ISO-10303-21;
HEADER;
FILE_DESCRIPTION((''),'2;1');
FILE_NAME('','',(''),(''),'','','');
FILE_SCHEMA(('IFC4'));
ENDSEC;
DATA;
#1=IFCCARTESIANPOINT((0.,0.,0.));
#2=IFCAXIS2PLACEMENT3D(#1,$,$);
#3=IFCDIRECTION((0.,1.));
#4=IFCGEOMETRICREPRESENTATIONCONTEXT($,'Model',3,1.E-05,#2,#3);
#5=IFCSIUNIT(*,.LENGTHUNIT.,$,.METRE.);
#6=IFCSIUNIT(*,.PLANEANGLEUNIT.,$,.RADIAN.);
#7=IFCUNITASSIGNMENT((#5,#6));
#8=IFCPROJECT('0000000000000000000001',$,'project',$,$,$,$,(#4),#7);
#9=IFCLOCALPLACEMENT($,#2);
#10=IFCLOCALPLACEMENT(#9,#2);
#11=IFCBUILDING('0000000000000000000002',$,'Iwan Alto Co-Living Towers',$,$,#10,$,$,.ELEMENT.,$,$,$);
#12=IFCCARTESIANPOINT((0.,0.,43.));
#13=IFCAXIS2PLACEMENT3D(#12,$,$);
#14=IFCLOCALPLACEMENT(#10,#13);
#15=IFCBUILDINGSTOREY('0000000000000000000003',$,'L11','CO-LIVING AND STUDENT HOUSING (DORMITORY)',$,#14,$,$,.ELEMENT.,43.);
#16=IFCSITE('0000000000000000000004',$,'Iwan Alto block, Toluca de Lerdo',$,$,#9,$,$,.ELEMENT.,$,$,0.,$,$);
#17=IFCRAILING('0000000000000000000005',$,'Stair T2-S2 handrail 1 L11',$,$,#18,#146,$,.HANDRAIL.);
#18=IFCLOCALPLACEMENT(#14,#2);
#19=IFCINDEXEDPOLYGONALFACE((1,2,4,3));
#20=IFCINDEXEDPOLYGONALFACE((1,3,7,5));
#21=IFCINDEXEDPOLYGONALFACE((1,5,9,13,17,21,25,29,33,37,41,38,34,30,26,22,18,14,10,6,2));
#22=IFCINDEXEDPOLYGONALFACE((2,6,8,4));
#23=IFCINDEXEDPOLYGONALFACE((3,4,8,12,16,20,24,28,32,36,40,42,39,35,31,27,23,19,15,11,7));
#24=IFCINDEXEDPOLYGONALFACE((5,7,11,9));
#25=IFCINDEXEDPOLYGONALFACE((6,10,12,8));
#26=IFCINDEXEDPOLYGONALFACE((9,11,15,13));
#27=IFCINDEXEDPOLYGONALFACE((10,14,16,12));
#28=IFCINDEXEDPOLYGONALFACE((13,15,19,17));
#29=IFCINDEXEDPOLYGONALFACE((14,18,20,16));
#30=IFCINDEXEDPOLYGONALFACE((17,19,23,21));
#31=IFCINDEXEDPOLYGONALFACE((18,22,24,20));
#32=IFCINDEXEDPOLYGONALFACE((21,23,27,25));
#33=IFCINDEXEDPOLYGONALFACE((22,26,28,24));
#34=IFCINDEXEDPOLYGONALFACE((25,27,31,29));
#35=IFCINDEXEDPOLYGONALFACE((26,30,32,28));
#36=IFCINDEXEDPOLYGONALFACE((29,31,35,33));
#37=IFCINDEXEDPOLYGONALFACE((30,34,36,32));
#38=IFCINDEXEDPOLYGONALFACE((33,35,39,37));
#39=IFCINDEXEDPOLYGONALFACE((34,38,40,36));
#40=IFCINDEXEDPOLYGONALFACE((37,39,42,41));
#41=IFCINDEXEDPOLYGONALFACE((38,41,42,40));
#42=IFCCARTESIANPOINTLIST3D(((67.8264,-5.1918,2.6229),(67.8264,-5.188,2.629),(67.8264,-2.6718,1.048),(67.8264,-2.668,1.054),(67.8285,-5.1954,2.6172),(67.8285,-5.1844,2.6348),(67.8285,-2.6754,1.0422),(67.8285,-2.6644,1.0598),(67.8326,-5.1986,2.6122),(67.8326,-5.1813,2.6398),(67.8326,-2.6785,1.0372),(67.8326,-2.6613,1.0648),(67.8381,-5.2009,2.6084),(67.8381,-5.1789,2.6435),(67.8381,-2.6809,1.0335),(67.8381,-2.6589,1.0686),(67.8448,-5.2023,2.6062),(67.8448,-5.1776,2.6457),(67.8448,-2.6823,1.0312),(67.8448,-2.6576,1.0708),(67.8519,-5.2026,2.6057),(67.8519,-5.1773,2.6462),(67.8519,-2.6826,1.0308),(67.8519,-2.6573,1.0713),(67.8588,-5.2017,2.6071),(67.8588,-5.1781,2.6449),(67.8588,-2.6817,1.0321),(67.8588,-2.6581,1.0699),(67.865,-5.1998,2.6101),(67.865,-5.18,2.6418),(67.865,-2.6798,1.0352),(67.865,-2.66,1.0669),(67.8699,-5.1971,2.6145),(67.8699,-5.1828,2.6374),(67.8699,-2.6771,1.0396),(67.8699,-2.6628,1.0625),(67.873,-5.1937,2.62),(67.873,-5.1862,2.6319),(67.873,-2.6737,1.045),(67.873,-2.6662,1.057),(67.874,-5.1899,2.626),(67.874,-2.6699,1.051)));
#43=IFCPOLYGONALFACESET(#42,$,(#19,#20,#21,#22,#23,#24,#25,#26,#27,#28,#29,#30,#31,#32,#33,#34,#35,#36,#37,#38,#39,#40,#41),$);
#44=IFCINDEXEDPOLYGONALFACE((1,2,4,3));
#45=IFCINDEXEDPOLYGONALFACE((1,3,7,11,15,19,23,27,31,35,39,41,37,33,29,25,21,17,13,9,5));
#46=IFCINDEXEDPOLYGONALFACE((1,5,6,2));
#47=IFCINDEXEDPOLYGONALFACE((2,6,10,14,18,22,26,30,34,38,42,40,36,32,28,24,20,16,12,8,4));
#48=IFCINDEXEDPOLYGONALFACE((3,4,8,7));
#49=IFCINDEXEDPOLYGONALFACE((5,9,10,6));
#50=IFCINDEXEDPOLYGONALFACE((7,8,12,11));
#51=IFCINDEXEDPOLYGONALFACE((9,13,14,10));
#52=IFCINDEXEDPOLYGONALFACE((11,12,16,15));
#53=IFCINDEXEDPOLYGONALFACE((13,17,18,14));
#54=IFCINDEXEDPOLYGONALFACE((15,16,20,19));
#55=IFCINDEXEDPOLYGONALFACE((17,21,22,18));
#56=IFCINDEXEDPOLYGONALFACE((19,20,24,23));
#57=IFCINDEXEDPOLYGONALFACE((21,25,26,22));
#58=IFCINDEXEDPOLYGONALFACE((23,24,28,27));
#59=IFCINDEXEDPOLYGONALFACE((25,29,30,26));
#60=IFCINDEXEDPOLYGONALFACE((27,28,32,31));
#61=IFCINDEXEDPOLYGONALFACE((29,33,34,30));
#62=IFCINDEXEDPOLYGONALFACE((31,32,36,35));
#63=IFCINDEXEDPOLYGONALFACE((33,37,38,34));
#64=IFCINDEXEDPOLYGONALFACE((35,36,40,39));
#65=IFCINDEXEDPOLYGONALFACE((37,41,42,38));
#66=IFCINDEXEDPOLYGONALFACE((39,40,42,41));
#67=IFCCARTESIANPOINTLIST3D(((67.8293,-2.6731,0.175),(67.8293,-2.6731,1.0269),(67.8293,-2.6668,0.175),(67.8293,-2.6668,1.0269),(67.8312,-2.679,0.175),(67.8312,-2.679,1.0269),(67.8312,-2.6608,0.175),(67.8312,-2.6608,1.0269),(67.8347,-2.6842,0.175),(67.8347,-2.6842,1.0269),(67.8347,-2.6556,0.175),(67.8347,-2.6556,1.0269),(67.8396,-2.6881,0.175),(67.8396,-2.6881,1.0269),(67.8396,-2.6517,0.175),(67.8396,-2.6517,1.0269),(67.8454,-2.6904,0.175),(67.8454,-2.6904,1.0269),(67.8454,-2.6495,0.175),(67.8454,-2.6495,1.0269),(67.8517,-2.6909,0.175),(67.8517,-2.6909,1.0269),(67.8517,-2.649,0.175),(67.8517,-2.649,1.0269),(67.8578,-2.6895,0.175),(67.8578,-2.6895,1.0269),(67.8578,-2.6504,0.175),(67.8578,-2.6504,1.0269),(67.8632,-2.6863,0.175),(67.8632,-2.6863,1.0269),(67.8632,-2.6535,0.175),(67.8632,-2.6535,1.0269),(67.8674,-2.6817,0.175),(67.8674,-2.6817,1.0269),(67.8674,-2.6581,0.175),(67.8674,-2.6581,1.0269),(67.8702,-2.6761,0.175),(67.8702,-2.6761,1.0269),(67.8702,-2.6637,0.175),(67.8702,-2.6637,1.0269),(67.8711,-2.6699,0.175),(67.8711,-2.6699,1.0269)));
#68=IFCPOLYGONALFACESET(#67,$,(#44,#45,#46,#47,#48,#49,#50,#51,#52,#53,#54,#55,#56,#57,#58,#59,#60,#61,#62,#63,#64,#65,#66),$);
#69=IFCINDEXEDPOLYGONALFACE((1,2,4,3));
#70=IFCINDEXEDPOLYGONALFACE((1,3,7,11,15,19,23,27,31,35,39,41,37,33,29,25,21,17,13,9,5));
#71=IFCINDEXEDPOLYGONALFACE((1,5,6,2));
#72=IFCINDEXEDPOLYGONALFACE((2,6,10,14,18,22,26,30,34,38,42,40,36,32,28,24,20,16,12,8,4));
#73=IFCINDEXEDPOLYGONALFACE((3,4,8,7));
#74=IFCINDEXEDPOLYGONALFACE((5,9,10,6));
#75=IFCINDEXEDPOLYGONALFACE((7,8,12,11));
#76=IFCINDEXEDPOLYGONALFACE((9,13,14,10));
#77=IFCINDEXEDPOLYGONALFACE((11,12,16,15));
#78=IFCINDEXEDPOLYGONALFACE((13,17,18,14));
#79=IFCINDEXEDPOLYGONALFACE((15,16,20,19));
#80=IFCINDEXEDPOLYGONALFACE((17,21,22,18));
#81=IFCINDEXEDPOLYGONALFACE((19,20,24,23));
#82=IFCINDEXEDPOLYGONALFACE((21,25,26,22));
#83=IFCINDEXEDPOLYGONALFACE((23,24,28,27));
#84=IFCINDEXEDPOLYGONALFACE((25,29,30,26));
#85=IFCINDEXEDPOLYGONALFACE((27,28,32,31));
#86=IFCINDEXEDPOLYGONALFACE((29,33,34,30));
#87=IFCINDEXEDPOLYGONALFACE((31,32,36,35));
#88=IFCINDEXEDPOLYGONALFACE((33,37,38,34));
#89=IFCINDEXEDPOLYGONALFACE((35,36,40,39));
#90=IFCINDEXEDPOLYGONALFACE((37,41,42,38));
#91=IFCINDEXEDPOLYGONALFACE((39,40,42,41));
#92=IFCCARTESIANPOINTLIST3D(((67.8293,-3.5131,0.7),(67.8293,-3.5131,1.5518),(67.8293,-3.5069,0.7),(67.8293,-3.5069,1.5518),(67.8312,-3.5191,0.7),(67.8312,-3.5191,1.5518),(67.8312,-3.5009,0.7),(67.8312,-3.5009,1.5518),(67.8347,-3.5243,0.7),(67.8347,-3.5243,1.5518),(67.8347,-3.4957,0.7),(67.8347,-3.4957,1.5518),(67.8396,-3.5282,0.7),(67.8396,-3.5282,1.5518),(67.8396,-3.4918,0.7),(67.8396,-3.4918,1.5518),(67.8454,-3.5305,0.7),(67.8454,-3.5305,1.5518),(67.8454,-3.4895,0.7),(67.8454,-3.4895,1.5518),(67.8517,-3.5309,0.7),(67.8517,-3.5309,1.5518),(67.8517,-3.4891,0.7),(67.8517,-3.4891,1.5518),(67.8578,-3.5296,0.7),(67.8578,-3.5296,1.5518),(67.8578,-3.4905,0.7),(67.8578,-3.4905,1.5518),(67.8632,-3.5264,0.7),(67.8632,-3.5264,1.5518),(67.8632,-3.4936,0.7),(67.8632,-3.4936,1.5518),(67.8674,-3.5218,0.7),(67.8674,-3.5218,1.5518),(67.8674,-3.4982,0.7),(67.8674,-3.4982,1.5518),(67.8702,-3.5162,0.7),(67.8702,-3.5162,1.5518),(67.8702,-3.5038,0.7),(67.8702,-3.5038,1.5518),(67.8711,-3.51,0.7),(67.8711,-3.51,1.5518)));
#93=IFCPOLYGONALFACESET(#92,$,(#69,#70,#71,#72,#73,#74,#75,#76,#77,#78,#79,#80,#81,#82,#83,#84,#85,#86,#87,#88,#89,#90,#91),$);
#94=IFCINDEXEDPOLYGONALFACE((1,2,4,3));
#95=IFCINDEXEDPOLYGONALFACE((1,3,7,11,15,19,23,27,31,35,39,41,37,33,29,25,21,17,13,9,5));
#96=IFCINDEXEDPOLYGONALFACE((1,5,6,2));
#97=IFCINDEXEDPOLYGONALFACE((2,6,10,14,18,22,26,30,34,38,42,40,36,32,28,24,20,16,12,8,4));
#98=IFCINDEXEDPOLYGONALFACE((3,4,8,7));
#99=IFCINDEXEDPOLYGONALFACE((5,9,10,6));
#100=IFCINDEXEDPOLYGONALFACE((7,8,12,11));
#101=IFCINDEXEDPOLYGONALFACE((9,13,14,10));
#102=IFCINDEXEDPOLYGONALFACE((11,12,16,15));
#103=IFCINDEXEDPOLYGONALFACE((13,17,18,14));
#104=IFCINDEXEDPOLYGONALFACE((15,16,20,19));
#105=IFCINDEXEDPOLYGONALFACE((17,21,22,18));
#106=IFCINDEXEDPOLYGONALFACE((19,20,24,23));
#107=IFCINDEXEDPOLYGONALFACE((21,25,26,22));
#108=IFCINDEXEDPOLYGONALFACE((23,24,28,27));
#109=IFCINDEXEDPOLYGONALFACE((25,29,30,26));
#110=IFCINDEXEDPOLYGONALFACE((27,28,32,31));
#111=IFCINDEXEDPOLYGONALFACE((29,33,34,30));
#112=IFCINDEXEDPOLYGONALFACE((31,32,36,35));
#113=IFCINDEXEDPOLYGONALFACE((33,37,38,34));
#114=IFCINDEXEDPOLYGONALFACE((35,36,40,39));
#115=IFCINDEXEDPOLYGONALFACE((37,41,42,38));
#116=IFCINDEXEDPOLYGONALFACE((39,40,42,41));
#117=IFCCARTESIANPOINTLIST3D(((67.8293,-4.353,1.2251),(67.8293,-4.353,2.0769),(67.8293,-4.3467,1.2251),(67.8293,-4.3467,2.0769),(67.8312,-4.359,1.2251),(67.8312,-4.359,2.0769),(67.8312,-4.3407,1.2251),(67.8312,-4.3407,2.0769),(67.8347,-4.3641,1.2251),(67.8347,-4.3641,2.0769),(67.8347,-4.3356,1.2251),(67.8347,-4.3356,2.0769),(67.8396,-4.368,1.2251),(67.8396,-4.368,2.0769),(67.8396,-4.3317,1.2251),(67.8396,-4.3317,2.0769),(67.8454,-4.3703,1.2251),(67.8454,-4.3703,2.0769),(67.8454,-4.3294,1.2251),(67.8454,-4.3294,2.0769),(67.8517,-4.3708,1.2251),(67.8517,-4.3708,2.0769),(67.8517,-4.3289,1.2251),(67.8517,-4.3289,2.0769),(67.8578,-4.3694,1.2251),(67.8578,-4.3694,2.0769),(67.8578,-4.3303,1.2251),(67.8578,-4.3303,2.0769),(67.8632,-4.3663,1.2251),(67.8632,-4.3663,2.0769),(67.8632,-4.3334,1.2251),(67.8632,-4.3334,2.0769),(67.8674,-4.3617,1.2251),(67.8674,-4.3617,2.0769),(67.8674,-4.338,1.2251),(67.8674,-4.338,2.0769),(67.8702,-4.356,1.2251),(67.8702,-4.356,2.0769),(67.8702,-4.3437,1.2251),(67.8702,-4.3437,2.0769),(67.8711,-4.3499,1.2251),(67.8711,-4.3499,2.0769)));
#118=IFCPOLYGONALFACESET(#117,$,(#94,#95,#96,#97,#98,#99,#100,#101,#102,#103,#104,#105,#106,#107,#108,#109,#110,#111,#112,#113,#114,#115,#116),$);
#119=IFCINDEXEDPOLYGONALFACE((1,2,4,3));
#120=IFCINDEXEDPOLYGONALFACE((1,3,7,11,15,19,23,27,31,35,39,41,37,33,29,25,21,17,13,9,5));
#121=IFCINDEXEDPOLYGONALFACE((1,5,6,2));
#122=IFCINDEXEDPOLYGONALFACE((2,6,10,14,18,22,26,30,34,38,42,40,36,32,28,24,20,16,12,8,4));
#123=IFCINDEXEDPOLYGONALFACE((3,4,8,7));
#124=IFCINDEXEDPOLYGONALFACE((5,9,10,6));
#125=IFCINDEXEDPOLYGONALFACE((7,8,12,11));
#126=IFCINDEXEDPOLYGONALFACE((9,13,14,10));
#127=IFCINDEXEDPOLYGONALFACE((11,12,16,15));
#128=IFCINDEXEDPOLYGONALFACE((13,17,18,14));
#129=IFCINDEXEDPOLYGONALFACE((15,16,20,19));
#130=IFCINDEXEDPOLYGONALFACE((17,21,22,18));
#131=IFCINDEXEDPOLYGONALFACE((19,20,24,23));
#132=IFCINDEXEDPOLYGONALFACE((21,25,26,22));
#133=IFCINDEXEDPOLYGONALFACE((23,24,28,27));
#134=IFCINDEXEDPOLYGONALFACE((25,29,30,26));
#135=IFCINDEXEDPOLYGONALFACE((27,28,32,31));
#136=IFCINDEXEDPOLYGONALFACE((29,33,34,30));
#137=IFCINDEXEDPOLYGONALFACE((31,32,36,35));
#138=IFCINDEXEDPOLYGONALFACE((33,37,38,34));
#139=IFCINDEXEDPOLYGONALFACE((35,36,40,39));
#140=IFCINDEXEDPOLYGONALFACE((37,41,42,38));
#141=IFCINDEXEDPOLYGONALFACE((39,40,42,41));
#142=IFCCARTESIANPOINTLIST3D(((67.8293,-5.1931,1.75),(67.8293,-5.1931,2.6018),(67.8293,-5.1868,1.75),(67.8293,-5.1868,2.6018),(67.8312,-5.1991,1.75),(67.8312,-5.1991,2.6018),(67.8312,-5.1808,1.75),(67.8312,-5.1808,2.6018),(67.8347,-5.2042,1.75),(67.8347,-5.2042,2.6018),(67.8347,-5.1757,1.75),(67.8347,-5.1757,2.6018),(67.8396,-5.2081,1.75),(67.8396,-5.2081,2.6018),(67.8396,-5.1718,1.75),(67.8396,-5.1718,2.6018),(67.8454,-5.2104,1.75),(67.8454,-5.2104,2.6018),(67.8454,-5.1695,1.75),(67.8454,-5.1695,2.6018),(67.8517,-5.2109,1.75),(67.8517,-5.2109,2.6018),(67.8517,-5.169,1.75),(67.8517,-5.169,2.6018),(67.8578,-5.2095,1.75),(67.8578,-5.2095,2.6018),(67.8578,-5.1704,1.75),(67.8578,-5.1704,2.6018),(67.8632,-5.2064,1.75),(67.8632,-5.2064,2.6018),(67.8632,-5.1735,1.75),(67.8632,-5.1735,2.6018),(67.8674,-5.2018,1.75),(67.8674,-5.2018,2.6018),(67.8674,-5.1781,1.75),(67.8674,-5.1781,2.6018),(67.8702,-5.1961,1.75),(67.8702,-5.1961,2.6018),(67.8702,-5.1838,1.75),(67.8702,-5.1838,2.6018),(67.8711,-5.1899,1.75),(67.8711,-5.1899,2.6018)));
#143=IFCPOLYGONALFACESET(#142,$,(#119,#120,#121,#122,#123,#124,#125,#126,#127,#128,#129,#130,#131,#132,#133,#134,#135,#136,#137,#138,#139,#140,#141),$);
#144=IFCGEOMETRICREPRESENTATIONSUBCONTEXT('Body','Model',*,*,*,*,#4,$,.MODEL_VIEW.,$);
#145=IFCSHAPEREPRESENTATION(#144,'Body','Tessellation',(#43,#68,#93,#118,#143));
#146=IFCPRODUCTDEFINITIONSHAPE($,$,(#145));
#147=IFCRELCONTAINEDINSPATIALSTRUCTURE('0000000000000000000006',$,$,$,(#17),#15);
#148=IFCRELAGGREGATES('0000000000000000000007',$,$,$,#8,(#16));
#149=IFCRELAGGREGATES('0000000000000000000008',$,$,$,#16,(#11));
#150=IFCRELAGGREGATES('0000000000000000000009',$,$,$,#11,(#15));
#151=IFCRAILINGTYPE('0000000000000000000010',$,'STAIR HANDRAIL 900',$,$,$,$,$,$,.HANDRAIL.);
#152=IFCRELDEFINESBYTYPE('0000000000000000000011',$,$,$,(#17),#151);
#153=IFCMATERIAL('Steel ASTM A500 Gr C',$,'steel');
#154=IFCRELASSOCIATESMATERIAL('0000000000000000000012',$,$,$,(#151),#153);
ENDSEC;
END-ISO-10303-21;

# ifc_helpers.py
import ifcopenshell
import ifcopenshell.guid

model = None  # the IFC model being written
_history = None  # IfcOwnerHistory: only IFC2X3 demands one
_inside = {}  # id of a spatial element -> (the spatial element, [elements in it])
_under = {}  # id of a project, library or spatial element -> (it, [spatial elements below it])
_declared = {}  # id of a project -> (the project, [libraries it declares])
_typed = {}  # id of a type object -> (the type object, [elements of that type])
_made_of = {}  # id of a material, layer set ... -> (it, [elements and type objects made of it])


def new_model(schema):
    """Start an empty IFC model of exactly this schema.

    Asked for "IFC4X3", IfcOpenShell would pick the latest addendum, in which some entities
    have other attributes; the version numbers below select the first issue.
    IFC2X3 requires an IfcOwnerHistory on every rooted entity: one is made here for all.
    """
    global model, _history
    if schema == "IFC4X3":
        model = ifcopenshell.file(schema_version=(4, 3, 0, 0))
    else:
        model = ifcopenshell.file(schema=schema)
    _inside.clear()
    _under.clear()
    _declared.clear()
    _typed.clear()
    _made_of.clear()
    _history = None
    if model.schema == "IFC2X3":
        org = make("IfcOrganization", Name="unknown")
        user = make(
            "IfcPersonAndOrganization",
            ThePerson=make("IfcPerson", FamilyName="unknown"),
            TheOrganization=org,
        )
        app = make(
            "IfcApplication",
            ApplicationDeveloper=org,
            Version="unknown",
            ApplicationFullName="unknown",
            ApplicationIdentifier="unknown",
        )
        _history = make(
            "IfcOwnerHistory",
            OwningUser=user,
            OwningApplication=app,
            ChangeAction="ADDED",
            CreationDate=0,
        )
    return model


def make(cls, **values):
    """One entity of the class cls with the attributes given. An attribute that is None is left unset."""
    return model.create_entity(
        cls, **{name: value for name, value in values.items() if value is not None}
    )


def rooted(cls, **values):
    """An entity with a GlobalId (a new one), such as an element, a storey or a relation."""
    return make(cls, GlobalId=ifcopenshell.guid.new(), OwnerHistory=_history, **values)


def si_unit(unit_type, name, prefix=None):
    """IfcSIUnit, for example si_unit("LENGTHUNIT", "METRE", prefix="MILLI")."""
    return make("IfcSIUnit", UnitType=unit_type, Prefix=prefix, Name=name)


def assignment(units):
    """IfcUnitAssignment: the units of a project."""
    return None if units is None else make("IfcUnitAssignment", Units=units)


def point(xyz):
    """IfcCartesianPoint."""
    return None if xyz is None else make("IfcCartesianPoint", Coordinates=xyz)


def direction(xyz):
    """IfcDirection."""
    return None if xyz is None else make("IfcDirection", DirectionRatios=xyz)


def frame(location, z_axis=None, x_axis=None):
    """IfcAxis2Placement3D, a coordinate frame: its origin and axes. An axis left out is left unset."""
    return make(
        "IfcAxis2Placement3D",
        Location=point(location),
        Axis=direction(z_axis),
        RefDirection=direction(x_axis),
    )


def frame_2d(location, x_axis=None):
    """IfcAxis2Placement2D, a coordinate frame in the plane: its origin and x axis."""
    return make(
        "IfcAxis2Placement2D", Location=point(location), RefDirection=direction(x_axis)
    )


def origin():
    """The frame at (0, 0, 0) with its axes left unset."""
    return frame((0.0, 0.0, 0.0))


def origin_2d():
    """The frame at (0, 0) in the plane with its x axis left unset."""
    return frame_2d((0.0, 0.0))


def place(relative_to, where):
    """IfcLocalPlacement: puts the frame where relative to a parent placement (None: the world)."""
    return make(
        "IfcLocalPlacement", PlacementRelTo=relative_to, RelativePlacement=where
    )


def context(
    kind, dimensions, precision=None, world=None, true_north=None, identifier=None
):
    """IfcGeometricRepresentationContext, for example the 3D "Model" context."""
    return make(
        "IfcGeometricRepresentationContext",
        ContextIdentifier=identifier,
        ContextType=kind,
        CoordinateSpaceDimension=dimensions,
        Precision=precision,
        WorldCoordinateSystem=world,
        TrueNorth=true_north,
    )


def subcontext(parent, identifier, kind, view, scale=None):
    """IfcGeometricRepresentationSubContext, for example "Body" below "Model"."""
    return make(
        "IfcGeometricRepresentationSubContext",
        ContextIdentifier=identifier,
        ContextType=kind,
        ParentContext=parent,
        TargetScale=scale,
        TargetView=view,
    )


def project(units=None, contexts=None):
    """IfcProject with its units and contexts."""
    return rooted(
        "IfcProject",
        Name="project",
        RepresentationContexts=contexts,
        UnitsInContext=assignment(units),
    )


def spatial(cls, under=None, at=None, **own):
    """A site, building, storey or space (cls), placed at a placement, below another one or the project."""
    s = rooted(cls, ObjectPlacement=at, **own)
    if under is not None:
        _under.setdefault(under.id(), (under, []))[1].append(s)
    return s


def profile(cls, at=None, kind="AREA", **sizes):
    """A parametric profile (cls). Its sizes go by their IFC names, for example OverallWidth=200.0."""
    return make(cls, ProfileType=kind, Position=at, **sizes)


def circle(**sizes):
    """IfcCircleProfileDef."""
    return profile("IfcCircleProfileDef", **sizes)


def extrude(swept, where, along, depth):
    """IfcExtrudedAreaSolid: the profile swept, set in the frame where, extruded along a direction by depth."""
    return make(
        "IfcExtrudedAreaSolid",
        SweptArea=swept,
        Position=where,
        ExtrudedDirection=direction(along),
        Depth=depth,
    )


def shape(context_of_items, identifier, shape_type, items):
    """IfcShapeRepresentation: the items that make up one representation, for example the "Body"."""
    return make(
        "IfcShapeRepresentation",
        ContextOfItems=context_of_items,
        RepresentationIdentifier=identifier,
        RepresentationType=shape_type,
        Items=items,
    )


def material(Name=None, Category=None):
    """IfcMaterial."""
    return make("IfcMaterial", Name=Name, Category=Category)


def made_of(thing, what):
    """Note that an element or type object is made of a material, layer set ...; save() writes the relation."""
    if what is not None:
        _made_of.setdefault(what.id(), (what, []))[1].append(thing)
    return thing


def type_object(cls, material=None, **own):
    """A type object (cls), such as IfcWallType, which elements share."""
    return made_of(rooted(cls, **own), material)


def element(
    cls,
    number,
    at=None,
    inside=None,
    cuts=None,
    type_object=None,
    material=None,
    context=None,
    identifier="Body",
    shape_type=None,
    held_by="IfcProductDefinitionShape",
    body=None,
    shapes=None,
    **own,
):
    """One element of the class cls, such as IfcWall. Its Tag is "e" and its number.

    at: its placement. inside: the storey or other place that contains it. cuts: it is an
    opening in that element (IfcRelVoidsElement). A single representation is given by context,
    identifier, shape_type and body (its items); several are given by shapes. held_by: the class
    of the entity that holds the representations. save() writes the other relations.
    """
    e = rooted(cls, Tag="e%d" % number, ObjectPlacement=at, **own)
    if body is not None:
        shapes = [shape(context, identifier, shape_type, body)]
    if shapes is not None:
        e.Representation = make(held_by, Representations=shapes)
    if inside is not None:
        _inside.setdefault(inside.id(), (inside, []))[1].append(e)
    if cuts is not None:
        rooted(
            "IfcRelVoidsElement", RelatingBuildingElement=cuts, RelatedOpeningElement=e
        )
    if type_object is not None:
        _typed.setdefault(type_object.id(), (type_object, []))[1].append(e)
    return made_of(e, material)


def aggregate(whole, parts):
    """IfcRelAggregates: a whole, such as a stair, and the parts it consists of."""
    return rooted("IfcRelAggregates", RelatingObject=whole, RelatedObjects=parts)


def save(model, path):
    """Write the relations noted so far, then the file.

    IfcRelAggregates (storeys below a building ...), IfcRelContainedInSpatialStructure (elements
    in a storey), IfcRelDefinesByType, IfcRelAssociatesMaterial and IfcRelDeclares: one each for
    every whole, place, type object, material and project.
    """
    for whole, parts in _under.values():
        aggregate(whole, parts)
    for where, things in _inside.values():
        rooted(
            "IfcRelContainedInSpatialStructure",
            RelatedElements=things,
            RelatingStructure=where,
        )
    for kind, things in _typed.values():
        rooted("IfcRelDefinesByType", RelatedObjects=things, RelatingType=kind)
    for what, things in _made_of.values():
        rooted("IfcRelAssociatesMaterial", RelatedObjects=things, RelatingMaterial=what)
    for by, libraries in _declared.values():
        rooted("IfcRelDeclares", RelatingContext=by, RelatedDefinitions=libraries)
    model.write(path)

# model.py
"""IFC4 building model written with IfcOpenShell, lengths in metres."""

from ifc_helpers import new_model, si_unit, direction, frame, origin, origin_2d, place, context, subcontext, project, spatial, circle, extrude, material, type_object, element, save


model = new_model("IFC4")

# Units and contexts
model_context = context("Model", 3, precision=1e-05, world=origin(), true_north=direction((0.0, 1.0)))
body_context = subcontext(model_context, "Body", "Model", "MODEL_VIEW")
ifc_project = project(units=[si_unit("LENGTHUNIT", "METRE"), si_unit("PLANEANGLEUNIT", "RADIAN")], contexts=[model_context])

# Site, building, storey
site_placement = place(None, origin())
site = spatial("IfcSite", under=ifc_project, at=site_placement, Name="Iwan Alto block, Toluca de Lerdo", CompositionType="ELEMENT", RefElevation=0.0)
building_placement = place(site_placement, origin())
building = spatial("IfcBuilding", under=site, at=building_placement, Name="Iwan Alto Co-Living Towers", CompositionType="ELEMENT")
storey_placement = place(building_placement, frame((0.0, 0.0, 43.0)))
storey = spatial("IfcBuildingStorey", under=building, at=storey_placement, Name="L11", Description="CO-LIVING AND STUDENT HOUSING (DORMITORY)", CompositionType="ELEMENT", Elevation=43.0)

# Railing
ifc_material_1 = material(Name="Steel ASTM A500 Gr C", Category="steel")
railing_type = type_object("IfcRailingType", Name="STAIR HANDRAIL 900", PredefinedType="HANDRAIL", material=ifc_material_1)
railing_1_placement = place(storey_placement, frame((67.8501, -2.6699, 0.175)))
element("IfcRailing", 1, at=railing_1_placement, inside=storey, type_object=railing_type, Name="Stair T2-S2 handrail 1 L11", PredefinedType="HANDRAIL", context=body_context, shape_type="SweptSolid", body=[
    extrude(circle(Radius=0.0239, at=origin_2d()), frame((0.0, 0.0, 0.876), z_axis=(0.0, -0.848008, 0.529984), x_axis=(1.0, 0.0, 0.0)), (0.0, 0.0, 1.0), 2.9717),
    extrude(circle(Radius=0.021, at=origin_2d()), origin(), (0.0, 0.0, 1.0), 0.8518),
    extrude(circle(Radius=0.021, at=origin_2d()), frame((0.0, -0.8401, 0.5249)), (0.0, 0.0, 1.0), 0.8518),
    extrude(circle(Radius=0.021, at=origin_2d()), frame((0.0, -1.6799, 1.05)), (0.0, 0.0, 1.0), 0.8518),
    extrude(circle(Radius=0.021, at=origin_2d()), frame((0.0, -2.52, 1.575)), (0.0, 0.0, 1.0), 0.8518),
])

save(model, "model.ifc")
